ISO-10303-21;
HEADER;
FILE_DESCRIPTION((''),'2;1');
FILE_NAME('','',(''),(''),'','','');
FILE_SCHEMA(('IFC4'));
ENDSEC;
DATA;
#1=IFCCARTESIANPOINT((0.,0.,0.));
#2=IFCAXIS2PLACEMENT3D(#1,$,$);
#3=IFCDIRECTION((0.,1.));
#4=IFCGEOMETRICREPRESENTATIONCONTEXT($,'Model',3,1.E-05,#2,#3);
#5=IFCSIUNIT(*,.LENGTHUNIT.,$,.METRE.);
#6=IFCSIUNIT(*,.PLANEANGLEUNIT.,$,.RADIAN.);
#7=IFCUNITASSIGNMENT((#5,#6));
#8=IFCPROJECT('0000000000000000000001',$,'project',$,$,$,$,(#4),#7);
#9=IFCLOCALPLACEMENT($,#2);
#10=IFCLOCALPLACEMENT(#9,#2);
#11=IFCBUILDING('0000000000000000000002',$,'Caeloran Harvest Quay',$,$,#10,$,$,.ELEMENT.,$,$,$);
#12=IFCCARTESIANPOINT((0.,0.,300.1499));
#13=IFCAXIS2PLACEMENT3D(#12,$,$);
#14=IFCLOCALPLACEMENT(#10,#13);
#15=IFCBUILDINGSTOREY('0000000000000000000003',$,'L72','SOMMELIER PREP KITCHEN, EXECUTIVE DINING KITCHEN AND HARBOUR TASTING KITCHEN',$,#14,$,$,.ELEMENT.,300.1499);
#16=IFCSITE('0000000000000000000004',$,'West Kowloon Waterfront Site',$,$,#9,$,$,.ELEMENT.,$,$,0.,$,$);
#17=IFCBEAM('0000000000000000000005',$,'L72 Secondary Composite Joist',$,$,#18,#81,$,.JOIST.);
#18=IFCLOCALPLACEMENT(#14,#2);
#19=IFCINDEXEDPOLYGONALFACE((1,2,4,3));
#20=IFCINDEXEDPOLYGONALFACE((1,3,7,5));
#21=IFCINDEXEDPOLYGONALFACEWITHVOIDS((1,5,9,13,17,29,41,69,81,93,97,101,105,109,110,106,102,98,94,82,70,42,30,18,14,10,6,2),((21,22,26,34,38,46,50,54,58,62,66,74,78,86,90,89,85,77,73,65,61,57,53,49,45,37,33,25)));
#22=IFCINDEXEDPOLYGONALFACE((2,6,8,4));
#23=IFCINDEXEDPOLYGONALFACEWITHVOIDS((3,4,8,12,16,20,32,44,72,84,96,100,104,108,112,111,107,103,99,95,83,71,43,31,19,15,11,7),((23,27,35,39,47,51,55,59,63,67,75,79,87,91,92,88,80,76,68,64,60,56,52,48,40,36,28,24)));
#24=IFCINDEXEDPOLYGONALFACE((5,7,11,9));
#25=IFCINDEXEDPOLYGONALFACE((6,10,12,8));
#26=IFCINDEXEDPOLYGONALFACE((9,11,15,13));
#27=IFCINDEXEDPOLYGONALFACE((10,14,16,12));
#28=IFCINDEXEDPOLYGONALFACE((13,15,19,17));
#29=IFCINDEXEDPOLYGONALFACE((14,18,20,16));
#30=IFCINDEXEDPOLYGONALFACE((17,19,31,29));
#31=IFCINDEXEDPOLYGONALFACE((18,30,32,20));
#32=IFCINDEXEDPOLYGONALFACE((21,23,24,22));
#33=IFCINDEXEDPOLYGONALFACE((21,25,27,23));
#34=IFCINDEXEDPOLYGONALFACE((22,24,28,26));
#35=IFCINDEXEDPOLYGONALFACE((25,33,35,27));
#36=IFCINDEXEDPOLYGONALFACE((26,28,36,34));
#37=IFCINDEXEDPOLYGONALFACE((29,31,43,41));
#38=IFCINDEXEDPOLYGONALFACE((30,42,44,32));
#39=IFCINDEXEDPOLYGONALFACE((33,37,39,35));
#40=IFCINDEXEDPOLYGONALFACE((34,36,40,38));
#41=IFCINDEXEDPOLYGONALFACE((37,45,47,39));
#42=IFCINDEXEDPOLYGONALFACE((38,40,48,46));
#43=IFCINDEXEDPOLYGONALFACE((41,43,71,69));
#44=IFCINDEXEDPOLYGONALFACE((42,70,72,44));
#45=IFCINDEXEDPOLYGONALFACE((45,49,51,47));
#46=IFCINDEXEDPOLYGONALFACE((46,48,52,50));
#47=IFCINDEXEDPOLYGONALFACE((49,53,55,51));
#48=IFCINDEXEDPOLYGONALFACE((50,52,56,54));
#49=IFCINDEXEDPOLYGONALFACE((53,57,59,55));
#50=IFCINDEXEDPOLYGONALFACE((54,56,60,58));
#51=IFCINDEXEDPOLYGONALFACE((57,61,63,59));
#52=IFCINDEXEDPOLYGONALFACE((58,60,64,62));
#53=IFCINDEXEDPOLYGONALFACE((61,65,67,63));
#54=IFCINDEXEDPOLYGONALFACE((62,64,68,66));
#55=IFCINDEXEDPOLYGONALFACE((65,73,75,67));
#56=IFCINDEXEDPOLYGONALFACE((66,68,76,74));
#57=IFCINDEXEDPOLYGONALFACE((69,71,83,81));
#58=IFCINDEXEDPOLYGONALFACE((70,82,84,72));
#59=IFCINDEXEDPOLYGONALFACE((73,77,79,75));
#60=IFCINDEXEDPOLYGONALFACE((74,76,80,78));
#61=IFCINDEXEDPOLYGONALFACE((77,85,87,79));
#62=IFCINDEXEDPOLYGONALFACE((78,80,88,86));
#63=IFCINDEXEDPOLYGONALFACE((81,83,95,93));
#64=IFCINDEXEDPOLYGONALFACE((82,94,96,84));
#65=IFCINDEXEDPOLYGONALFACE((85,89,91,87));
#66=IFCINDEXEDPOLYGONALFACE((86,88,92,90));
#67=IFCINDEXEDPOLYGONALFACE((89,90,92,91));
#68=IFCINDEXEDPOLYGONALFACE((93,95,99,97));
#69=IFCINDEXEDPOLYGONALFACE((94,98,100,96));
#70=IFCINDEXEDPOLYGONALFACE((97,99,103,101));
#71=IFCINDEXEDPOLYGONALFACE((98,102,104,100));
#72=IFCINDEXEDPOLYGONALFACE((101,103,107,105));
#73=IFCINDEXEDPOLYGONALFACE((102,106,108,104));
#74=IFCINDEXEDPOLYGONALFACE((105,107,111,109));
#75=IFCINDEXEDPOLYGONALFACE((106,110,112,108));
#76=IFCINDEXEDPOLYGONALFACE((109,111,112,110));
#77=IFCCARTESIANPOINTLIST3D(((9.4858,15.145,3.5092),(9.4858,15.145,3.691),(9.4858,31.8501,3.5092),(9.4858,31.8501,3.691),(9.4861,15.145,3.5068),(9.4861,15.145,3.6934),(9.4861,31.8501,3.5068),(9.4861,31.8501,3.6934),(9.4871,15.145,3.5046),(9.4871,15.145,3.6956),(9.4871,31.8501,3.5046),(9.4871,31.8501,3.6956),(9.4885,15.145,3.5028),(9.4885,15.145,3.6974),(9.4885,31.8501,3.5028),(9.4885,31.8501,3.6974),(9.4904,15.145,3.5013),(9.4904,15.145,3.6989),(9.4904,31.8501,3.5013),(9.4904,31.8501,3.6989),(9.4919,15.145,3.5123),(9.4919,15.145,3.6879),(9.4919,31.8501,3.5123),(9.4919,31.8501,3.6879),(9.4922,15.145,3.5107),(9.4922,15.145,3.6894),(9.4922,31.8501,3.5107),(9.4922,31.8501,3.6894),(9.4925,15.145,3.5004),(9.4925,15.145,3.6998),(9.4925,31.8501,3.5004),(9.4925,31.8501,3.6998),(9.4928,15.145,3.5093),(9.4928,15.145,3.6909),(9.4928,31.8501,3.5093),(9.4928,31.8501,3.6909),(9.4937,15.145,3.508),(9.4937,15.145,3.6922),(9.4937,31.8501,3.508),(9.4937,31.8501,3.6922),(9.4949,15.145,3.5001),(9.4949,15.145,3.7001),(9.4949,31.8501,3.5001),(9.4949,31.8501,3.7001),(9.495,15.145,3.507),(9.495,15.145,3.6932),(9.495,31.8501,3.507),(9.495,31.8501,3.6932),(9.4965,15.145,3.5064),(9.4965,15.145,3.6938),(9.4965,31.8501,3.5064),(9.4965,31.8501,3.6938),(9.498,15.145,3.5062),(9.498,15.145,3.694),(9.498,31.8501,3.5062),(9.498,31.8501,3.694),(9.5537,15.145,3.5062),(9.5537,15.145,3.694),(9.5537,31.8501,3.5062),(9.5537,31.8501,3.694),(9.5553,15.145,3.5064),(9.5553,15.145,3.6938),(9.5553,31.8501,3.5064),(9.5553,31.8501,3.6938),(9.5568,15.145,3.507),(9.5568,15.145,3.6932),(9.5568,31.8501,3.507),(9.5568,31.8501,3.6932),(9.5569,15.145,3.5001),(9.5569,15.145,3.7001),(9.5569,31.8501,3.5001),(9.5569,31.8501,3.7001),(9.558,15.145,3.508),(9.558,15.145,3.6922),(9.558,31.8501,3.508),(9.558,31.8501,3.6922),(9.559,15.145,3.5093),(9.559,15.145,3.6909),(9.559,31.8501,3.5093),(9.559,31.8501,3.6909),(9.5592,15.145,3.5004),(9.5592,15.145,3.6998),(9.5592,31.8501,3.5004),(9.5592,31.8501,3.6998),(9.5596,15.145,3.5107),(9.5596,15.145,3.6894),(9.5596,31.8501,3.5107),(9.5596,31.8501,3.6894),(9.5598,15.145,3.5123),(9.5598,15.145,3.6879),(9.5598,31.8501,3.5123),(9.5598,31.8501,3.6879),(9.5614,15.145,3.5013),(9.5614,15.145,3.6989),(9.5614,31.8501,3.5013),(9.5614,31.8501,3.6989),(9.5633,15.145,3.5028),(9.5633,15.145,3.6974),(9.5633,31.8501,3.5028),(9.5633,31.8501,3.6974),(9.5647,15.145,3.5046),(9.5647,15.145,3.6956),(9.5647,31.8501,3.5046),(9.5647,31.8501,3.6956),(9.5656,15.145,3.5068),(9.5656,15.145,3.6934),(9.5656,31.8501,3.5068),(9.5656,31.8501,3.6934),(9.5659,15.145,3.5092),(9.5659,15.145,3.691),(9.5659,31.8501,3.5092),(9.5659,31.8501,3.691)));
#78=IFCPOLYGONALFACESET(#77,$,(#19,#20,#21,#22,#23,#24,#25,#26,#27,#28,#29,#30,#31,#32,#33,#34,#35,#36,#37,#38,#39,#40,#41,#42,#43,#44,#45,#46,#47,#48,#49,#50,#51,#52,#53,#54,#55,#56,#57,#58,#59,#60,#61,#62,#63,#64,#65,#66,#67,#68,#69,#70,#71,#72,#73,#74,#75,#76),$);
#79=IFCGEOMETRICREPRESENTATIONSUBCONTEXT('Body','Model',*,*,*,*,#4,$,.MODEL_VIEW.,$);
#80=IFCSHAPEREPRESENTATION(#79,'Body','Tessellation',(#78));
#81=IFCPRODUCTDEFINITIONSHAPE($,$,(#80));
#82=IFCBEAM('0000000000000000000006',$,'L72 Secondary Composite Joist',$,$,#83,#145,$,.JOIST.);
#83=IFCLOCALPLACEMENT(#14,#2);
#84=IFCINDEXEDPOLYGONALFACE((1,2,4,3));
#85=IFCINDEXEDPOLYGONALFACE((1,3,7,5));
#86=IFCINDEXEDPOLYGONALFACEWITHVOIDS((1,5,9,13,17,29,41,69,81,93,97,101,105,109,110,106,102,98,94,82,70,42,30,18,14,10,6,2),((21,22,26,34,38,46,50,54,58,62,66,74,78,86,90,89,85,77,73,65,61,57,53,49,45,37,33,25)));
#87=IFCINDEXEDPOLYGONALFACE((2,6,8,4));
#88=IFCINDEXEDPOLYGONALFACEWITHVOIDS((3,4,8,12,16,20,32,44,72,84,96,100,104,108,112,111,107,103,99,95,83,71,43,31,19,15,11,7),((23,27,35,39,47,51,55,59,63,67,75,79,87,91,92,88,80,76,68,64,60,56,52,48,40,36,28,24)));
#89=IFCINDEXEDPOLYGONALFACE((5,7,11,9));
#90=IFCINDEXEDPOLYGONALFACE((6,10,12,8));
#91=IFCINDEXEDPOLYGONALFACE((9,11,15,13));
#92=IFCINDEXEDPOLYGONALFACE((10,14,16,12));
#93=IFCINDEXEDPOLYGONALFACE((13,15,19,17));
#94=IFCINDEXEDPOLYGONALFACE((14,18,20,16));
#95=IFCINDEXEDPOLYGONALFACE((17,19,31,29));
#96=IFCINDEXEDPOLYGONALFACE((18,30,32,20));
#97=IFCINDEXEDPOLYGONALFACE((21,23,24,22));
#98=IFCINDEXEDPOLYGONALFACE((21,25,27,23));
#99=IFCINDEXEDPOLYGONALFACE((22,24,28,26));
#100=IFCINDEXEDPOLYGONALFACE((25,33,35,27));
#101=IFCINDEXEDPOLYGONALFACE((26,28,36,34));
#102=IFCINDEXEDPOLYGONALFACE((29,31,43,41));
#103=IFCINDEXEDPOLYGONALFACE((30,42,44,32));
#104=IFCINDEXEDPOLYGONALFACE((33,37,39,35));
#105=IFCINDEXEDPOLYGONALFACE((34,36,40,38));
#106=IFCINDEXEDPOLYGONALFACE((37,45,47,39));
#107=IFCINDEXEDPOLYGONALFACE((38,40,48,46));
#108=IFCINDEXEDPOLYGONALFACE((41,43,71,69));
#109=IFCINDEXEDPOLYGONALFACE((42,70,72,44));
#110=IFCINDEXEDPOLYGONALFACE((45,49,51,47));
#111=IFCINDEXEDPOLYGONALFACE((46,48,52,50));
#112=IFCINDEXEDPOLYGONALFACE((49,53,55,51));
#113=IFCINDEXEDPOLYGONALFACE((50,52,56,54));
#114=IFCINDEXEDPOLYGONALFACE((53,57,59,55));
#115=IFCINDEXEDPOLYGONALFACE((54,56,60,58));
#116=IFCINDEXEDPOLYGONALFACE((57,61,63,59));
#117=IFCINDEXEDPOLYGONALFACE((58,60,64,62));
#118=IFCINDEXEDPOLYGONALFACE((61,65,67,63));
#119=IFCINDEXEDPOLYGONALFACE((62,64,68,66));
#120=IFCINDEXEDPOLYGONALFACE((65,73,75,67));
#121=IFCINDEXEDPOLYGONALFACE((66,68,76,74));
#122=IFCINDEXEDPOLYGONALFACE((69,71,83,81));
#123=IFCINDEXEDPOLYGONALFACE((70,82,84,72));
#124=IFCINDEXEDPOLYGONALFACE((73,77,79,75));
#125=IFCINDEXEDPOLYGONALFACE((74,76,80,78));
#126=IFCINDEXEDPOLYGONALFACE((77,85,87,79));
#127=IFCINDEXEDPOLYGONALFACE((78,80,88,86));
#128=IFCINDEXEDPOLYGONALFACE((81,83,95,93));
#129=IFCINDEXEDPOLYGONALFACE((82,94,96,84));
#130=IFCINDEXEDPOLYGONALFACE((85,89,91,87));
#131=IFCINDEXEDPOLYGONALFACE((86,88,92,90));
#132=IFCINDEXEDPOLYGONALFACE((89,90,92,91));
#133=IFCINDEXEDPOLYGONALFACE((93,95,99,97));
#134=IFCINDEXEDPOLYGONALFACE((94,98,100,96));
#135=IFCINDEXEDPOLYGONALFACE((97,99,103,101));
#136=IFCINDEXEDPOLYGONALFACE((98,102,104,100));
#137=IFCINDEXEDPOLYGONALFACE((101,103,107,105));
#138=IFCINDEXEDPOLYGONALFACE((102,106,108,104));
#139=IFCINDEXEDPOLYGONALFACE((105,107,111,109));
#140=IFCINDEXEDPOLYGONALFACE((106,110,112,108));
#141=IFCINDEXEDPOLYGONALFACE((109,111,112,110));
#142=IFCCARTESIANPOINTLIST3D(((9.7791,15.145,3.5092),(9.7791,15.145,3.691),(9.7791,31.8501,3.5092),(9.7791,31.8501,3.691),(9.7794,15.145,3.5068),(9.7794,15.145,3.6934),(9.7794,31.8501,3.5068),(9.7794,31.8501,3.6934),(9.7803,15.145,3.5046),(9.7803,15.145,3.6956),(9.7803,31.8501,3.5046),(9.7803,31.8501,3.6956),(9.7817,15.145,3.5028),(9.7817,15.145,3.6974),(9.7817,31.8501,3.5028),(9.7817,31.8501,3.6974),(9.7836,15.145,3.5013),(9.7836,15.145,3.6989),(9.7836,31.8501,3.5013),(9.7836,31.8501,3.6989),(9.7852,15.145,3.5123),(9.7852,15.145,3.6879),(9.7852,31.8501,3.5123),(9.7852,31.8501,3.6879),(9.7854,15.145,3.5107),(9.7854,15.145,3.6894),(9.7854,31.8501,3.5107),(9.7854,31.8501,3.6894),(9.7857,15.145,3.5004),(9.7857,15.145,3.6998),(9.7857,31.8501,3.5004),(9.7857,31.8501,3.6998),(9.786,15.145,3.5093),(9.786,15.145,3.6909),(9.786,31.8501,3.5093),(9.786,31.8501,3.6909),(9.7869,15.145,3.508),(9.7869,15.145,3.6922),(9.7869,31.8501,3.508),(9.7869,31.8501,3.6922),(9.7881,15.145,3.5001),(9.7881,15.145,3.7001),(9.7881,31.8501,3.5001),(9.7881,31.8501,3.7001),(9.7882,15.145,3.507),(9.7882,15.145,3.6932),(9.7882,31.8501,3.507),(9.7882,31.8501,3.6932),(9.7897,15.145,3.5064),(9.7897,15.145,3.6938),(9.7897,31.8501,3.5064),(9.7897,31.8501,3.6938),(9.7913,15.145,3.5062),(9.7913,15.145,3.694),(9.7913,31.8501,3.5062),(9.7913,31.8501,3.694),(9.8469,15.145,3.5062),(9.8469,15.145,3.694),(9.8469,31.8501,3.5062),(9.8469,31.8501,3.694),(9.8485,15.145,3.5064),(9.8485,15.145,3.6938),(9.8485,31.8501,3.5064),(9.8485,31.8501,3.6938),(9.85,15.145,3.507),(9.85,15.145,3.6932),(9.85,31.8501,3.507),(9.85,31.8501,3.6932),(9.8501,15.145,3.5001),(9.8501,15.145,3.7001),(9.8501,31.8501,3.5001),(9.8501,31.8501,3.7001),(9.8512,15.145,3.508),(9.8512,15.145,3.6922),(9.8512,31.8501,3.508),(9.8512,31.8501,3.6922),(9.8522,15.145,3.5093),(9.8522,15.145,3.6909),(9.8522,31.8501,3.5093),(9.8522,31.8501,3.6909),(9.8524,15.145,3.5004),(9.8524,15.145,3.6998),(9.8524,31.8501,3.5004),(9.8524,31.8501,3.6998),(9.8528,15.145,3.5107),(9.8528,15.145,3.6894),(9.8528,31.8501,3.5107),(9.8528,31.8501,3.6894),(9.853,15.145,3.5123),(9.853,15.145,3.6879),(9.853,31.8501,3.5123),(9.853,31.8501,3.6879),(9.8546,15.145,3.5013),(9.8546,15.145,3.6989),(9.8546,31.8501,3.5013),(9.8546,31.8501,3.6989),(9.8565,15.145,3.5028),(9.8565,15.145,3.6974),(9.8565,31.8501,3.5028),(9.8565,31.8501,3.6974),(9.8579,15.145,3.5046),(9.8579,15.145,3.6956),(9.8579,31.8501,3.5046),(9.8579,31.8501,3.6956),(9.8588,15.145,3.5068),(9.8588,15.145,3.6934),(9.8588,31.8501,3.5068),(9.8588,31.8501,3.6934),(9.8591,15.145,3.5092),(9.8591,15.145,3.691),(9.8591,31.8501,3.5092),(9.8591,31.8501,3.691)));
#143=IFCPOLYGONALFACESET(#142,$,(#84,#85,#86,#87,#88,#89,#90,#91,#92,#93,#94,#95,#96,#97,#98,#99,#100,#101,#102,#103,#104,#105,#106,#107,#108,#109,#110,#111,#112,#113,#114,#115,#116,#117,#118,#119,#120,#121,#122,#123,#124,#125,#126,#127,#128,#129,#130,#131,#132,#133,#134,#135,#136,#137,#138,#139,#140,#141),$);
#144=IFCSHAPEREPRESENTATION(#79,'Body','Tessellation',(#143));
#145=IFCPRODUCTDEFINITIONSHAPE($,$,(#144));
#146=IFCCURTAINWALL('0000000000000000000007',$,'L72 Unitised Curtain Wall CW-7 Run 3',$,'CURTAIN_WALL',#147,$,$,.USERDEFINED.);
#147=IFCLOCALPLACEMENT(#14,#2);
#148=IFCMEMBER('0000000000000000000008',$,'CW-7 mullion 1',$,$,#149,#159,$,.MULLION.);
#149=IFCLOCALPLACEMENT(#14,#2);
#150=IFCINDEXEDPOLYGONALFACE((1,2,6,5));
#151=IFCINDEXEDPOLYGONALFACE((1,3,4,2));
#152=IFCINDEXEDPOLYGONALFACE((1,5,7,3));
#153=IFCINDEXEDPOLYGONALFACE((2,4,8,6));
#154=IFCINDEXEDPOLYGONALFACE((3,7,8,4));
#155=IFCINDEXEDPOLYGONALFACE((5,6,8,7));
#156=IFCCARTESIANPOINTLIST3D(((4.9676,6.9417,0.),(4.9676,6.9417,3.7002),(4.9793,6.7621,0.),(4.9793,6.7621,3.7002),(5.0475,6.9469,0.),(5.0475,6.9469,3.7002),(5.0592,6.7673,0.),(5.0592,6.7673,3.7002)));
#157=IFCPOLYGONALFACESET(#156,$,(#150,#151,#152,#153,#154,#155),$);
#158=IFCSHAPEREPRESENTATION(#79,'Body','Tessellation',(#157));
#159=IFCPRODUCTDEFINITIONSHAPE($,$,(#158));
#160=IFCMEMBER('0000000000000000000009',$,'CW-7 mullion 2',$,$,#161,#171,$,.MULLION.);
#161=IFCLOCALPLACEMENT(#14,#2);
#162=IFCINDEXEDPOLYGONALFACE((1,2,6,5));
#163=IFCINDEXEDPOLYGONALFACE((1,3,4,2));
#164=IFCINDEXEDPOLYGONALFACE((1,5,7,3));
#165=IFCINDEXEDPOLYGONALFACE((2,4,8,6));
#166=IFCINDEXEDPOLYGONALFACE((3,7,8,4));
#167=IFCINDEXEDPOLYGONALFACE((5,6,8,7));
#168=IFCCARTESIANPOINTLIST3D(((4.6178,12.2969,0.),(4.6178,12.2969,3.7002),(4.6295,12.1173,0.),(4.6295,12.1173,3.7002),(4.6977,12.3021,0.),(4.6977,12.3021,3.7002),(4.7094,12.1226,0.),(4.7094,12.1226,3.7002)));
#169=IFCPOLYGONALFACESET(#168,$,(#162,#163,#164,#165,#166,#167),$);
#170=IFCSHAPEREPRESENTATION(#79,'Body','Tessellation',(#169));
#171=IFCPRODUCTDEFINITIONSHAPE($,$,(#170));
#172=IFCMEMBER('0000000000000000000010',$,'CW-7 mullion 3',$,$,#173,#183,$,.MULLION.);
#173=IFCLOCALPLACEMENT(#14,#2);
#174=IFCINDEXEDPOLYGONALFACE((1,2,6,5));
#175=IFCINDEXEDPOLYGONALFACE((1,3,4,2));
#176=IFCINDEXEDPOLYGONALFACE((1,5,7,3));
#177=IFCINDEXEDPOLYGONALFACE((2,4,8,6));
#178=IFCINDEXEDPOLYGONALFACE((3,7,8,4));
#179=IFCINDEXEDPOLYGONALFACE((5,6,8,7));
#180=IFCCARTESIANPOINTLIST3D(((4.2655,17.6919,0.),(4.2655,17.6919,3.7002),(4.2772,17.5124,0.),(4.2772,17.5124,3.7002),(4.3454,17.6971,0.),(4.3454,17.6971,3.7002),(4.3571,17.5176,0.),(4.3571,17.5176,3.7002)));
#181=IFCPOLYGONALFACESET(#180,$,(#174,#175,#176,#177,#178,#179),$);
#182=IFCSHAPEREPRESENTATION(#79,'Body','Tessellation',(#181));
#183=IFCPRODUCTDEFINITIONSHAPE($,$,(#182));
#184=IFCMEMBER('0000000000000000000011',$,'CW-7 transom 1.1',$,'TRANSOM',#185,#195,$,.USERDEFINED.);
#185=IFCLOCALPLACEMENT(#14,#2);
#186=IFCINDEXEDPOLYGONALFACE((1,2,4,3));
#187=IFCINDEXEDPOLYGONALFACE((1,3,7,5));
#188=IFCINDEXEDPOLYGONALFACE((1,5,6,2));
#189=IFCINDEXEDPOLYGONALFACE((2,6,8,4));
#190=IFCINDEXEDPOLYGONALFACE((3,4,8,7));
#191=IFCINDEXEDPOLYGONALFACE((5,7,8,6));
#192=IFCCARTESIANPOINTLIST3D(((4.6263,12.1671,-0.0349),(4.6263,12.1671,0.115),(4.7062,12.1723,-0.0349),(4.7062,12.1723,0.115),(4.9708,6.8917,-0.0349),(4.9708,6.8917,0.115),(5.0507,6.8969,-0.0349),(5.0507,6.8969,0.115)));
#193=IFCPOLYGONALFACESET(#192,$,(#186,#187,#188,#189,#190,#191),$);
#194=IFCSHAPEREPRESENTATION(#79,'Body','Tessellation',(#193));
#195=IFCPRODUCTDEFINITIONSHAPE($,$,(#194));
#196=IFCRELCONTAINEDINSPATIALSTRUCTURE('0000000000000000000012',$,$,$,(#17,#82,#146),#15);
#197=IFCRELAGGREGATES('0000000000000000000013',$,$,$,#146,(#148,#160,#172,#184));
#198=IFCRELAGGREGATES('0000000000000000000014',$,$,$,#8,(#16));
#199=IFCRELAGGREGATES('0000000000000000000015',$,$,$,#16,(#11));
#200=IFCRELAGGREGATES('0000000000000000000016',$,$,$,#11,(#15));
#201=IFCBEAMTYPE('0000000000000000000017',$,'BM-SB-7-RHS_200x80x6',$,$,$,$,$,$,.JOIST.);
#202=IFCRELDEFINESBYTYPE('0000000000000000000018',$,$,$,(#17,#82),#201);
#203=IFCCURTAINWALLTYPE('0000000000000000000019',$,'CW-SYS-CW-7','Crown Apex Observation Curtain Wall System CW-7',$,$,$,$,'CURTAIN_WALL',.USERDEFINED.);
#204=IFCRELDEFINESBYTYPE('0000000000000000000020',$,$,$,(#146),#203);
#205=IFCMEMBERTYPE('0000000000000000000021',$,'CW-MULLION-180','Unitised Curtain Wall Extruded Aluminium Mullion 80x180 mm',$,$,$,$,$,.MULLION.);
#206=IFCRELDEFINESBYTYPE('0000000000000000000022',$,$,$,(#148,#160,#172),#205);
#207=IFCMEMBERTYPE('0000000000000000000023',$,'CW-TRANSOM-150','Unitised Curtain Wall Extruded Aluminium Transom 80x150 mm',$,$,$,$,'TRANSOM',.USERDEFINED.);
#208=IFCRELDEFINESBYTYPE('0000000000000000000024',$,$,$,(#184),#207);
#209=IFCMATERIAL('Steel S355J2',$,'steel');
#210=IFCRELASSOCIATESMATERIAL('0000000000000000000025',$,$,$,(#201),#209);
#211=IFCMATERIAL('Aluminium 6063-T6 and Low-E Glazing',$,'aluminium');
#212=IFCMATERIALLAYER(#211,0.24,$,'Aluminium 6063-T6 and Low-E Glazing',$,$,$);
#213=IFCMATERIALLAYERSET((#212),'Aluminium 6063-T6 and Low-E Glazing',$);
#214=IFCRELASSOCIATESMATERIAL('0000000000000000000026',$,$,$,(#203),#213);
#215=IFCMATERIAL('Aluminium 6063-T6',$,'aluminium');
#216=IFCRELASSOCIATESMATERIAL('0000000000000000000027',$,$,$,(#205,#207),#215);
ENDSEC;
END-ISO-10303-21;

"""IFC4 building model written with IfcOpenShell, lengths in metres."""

from ifc_helpers import new_model, si_unit, direction, frame, origin, origin_2d, place, context, subcontext, project, spatial, rectangle, hollow_rectangle, extrude, material, layer, layer_set, material_profile, profile_set, type_object, element, aggregate, save


model = new_model("IFC4")

# Units and contexts
model_context = context("Model", 3, precision=1e-05, world=origin(), true_north=direction((0.0, 1.0)))
body_context = subcontext(model_context, "Body", "Model", "MODEL_VIEW")
ifc_project = project(units=[si_unit("LENGTHUNIT", "METRE"), si_unit("PLANEANGLEUNIT", "RADIAN")], contexts=[model_context])

# Site, building, storey
site_placement = place(None, origin())
site = spatial("IfcSite", under=ifc_project, at=site_placement, Name="West Kowloon Waterfront Site", CompositionType="ELEMENT", RefElevation=0.0)
building_placement = place(site_placement, origin())
building = spatial("IfcBuilding", under=site, at=building_placement, Name="Caeloran Harvest Quay", CompositionType="ELEMENT")
storey_placement = place(building_placement, frame((0.0, 0.0, 300.1499)))
storey = spatial("IfcBuildingStorey", under=building, at=storey_placement, Name="L72", Description="SOMMELIER PREP KITCHEN, EXECUTIVE DINING KITCHEN AND HARBOUR TASTING KITCHEN", CompositionType="ELEMENT", Elevation=300.1499)

# Beams
ifc_material_1 = material(Name="Steel S355J2", Category="steel")
ifc_material_profile_1 = material_profile(ifc_material_1, hollow_rectangle(XDim=0.0801, YDim=0.2, WallThickness=0.0061, InnerFilletRadius=0.0061, OuterFilletRadius=0.009, at=origin_2d()), Name="RHS 200x80x6")
ifc_profile_set_1 = profile_set([ifc_material_profile_1], Name="Steel S355J2")
beam_type_1 = type_object("IfcBeamType", Name="BM-SB-7-RHS_200x80x6", PredefinedType="JOIST", material=ifc_profile_set_1)
for number, where, z_axis, x_axis, name in (
    (1, (9.5259, 15.145, 3.6001), (0.0, 1.0, 0.0), (-1.0, 0.0, 0.0), "L72 Secondary Composite Joist"),
    (2, (9.8191, 15.145, 3.6001), (0.0, 1.0, 0.0), (-1.0, 0.0, 0.0), "L72 Secondary Composite Joist"),
):
    element("IfcBeam", number, at=place(storey_placement, frame(where, z_axis=z_axis, x_axis=x_axis)), inside=storey, type_object=beam_type_1, Name=name, PredefinedType="JOIST", context=body_context, shape_type="SweptSolid", body=[
        extrude(hollow_rectangle(XDim=0.0801, YDim=0.2, WallThickness=0.0061, InnerFilletRadius=0.0061, OuterFilletRadius=0.009, at=origin_2d()), origin(), (0.0, 0.0, 1.0), 16.7051),
    ])

# Curtain wall, members
ifc_material_2 = material(Name="Aluminium 6063-T6 and Low-E Glazing", Category="aluminium")
ifc_layer_1 = layer(ifc_material_2, 0.24, Name="Aluminium 6063-T6 and Low-E Glazing")
ifc_layer_set_1 = layer_set([ifc_layer_1], Name="Aluminium 6063-T6 and Low-E Glazing")
curtain_wall_type = type_object("IfcCurtainWallType", Name="CW-SYS-CW-7", Description="Crown Apex Observation Curtain Wall System CW-7", ElementType="CURTAIN_WALL", PredefinedType="USERDEFINED", material=ifc_layer_set_1)
curtain_wall_placement = place(storey_placement, origin())
curtain_wall = element("IfcCurtainWall", 3, at=curtain_wall_placement, inside=storey, type_object=curtain_wall_type, Name="L72 Unitised Curtain Wall CW-7 Run 3", ObjectType="CURTAIN_WALL", PredefinedType="USERDEFINED")
ifc_material_3 = material(Name="Aluminium 6063-T6", Category="aluminium")
ifc_material_profile_2 = material_profile(ifc_material_3, rectangle(XDim=0.0801, YDim=0.1799, at=origin_2d()), Name="CW-MULLION-180")
ifc_profile_set_2 = profile_set([ifc_material_profile_2], Name="Aluminium 6063-T6")
member_type_1 = type_object("IfcMemberType", Name="CW-MULLION-180", Description="Unitised Curtain Wall Extruded Aluminium Mullion 80x180 mm", PredefinedType="MULLION", material=ifc_profile_set_2)
member_1_placement = place(storey_placement, frame((5.0134, 6.8545, 0.0), z_axis=(0.0, 0.0, 1.0), x_axis=(-0.997874, -0.065167, 0.0)))
member_1 = element("IfcMember", 4, at=member_1_placement, type_object=member_type_1, Name="CW-7 mullion 1", PredefinedType="MULLION", context=body_context, shape_type="SweptSolid", body=[
    extrude(rectangle(XDim=0.0801, YDim=0.1799, at=origin_2d()), origin(), (0.0, 0.0, 1.0), 3.7002),
])
member_2_placement = place(storey_placement, frame((4.6636, 12.2097, 0.0), z_axis=(0.0, 0.0, 1.0), x_axis=(-0.997874, -0.065167, 0.0)))
member_2 = element("IfcMember", 5, at=member_2_placement, type_object=member_type_1, Name="CW-7 mullion 2", PredefinedType="MULLION", context=body_context, shape_type="SweptSolid", body=[
    extrude(rectangle(XDim=0.0801, YDim=0.1799, at=origin_2d()), origin(), (0.0, 0.0, 1.0), 3.7002),
])
member_3_placement = place(storey_placement, frame((4.3113, 17.6047, 0.0), z_axis=(0.0, 0.0, 1.0), x_axis=(-0.997874, -0.065167, 0.0)))
member_3 = element("IfcMember", 6, at=member_3_placement, type_object=member_type_1, Name="CW-7 mullion 3", PredefinedType="MULLION", context=body_context, shape_type="SweptSolid", body=[
    extrude(rectangle(XDim=0.0801, YDim=0.1799, at=origin_2d()), origin(), (0.0, 0.0, 1.0), 3.7002),
])
ifc_material_profile_3 = material_profile(ifc_material_3, rectangle(XDim=0.0801, YDim=0.1499, at=origin_2d()), Name="CW-TRANSOM-150")
ifc_profile_set_3 = profile_set([ifc_material_profile_3], Name="Aluminium 6063-T6")
member_type_2 = type_object("IfcMemberType", Name="CW-TRANSOM-150", Description="Unitised Curtain Wall Extruded Aluminium Transom 80x150 mm", ElementType="TRANSOM", PredefinedType="USERDEFINED", material=ifc_profile_set_3)
member_4_placement = place(storey_placement, frame((5.0107, 6.8943, 0.04), z_axis=(-0.065161, 0.997875, 0.0), x_axis=(-0.997875, -0.065161, 0.0)))
member_4 = element("IfcMember", 7, at=member_4_placement, type_object=member_type_2, Name="CW-7 transom 1.1", ObjectType="TRANSOM", PredefinedType="USERDEFINED", context=body_context, shape_type="SweptSolid", body=[
    extrude(rectangle(XDim=0.0801, YDim=0.1499, at=origin_2d()), origin(), (0.0, 0.0, 1.0), 5.2866),
])
aggregate(curtain_wall, [member_1, member_2, member_3, member_4])

save(model, "model.ifc")
